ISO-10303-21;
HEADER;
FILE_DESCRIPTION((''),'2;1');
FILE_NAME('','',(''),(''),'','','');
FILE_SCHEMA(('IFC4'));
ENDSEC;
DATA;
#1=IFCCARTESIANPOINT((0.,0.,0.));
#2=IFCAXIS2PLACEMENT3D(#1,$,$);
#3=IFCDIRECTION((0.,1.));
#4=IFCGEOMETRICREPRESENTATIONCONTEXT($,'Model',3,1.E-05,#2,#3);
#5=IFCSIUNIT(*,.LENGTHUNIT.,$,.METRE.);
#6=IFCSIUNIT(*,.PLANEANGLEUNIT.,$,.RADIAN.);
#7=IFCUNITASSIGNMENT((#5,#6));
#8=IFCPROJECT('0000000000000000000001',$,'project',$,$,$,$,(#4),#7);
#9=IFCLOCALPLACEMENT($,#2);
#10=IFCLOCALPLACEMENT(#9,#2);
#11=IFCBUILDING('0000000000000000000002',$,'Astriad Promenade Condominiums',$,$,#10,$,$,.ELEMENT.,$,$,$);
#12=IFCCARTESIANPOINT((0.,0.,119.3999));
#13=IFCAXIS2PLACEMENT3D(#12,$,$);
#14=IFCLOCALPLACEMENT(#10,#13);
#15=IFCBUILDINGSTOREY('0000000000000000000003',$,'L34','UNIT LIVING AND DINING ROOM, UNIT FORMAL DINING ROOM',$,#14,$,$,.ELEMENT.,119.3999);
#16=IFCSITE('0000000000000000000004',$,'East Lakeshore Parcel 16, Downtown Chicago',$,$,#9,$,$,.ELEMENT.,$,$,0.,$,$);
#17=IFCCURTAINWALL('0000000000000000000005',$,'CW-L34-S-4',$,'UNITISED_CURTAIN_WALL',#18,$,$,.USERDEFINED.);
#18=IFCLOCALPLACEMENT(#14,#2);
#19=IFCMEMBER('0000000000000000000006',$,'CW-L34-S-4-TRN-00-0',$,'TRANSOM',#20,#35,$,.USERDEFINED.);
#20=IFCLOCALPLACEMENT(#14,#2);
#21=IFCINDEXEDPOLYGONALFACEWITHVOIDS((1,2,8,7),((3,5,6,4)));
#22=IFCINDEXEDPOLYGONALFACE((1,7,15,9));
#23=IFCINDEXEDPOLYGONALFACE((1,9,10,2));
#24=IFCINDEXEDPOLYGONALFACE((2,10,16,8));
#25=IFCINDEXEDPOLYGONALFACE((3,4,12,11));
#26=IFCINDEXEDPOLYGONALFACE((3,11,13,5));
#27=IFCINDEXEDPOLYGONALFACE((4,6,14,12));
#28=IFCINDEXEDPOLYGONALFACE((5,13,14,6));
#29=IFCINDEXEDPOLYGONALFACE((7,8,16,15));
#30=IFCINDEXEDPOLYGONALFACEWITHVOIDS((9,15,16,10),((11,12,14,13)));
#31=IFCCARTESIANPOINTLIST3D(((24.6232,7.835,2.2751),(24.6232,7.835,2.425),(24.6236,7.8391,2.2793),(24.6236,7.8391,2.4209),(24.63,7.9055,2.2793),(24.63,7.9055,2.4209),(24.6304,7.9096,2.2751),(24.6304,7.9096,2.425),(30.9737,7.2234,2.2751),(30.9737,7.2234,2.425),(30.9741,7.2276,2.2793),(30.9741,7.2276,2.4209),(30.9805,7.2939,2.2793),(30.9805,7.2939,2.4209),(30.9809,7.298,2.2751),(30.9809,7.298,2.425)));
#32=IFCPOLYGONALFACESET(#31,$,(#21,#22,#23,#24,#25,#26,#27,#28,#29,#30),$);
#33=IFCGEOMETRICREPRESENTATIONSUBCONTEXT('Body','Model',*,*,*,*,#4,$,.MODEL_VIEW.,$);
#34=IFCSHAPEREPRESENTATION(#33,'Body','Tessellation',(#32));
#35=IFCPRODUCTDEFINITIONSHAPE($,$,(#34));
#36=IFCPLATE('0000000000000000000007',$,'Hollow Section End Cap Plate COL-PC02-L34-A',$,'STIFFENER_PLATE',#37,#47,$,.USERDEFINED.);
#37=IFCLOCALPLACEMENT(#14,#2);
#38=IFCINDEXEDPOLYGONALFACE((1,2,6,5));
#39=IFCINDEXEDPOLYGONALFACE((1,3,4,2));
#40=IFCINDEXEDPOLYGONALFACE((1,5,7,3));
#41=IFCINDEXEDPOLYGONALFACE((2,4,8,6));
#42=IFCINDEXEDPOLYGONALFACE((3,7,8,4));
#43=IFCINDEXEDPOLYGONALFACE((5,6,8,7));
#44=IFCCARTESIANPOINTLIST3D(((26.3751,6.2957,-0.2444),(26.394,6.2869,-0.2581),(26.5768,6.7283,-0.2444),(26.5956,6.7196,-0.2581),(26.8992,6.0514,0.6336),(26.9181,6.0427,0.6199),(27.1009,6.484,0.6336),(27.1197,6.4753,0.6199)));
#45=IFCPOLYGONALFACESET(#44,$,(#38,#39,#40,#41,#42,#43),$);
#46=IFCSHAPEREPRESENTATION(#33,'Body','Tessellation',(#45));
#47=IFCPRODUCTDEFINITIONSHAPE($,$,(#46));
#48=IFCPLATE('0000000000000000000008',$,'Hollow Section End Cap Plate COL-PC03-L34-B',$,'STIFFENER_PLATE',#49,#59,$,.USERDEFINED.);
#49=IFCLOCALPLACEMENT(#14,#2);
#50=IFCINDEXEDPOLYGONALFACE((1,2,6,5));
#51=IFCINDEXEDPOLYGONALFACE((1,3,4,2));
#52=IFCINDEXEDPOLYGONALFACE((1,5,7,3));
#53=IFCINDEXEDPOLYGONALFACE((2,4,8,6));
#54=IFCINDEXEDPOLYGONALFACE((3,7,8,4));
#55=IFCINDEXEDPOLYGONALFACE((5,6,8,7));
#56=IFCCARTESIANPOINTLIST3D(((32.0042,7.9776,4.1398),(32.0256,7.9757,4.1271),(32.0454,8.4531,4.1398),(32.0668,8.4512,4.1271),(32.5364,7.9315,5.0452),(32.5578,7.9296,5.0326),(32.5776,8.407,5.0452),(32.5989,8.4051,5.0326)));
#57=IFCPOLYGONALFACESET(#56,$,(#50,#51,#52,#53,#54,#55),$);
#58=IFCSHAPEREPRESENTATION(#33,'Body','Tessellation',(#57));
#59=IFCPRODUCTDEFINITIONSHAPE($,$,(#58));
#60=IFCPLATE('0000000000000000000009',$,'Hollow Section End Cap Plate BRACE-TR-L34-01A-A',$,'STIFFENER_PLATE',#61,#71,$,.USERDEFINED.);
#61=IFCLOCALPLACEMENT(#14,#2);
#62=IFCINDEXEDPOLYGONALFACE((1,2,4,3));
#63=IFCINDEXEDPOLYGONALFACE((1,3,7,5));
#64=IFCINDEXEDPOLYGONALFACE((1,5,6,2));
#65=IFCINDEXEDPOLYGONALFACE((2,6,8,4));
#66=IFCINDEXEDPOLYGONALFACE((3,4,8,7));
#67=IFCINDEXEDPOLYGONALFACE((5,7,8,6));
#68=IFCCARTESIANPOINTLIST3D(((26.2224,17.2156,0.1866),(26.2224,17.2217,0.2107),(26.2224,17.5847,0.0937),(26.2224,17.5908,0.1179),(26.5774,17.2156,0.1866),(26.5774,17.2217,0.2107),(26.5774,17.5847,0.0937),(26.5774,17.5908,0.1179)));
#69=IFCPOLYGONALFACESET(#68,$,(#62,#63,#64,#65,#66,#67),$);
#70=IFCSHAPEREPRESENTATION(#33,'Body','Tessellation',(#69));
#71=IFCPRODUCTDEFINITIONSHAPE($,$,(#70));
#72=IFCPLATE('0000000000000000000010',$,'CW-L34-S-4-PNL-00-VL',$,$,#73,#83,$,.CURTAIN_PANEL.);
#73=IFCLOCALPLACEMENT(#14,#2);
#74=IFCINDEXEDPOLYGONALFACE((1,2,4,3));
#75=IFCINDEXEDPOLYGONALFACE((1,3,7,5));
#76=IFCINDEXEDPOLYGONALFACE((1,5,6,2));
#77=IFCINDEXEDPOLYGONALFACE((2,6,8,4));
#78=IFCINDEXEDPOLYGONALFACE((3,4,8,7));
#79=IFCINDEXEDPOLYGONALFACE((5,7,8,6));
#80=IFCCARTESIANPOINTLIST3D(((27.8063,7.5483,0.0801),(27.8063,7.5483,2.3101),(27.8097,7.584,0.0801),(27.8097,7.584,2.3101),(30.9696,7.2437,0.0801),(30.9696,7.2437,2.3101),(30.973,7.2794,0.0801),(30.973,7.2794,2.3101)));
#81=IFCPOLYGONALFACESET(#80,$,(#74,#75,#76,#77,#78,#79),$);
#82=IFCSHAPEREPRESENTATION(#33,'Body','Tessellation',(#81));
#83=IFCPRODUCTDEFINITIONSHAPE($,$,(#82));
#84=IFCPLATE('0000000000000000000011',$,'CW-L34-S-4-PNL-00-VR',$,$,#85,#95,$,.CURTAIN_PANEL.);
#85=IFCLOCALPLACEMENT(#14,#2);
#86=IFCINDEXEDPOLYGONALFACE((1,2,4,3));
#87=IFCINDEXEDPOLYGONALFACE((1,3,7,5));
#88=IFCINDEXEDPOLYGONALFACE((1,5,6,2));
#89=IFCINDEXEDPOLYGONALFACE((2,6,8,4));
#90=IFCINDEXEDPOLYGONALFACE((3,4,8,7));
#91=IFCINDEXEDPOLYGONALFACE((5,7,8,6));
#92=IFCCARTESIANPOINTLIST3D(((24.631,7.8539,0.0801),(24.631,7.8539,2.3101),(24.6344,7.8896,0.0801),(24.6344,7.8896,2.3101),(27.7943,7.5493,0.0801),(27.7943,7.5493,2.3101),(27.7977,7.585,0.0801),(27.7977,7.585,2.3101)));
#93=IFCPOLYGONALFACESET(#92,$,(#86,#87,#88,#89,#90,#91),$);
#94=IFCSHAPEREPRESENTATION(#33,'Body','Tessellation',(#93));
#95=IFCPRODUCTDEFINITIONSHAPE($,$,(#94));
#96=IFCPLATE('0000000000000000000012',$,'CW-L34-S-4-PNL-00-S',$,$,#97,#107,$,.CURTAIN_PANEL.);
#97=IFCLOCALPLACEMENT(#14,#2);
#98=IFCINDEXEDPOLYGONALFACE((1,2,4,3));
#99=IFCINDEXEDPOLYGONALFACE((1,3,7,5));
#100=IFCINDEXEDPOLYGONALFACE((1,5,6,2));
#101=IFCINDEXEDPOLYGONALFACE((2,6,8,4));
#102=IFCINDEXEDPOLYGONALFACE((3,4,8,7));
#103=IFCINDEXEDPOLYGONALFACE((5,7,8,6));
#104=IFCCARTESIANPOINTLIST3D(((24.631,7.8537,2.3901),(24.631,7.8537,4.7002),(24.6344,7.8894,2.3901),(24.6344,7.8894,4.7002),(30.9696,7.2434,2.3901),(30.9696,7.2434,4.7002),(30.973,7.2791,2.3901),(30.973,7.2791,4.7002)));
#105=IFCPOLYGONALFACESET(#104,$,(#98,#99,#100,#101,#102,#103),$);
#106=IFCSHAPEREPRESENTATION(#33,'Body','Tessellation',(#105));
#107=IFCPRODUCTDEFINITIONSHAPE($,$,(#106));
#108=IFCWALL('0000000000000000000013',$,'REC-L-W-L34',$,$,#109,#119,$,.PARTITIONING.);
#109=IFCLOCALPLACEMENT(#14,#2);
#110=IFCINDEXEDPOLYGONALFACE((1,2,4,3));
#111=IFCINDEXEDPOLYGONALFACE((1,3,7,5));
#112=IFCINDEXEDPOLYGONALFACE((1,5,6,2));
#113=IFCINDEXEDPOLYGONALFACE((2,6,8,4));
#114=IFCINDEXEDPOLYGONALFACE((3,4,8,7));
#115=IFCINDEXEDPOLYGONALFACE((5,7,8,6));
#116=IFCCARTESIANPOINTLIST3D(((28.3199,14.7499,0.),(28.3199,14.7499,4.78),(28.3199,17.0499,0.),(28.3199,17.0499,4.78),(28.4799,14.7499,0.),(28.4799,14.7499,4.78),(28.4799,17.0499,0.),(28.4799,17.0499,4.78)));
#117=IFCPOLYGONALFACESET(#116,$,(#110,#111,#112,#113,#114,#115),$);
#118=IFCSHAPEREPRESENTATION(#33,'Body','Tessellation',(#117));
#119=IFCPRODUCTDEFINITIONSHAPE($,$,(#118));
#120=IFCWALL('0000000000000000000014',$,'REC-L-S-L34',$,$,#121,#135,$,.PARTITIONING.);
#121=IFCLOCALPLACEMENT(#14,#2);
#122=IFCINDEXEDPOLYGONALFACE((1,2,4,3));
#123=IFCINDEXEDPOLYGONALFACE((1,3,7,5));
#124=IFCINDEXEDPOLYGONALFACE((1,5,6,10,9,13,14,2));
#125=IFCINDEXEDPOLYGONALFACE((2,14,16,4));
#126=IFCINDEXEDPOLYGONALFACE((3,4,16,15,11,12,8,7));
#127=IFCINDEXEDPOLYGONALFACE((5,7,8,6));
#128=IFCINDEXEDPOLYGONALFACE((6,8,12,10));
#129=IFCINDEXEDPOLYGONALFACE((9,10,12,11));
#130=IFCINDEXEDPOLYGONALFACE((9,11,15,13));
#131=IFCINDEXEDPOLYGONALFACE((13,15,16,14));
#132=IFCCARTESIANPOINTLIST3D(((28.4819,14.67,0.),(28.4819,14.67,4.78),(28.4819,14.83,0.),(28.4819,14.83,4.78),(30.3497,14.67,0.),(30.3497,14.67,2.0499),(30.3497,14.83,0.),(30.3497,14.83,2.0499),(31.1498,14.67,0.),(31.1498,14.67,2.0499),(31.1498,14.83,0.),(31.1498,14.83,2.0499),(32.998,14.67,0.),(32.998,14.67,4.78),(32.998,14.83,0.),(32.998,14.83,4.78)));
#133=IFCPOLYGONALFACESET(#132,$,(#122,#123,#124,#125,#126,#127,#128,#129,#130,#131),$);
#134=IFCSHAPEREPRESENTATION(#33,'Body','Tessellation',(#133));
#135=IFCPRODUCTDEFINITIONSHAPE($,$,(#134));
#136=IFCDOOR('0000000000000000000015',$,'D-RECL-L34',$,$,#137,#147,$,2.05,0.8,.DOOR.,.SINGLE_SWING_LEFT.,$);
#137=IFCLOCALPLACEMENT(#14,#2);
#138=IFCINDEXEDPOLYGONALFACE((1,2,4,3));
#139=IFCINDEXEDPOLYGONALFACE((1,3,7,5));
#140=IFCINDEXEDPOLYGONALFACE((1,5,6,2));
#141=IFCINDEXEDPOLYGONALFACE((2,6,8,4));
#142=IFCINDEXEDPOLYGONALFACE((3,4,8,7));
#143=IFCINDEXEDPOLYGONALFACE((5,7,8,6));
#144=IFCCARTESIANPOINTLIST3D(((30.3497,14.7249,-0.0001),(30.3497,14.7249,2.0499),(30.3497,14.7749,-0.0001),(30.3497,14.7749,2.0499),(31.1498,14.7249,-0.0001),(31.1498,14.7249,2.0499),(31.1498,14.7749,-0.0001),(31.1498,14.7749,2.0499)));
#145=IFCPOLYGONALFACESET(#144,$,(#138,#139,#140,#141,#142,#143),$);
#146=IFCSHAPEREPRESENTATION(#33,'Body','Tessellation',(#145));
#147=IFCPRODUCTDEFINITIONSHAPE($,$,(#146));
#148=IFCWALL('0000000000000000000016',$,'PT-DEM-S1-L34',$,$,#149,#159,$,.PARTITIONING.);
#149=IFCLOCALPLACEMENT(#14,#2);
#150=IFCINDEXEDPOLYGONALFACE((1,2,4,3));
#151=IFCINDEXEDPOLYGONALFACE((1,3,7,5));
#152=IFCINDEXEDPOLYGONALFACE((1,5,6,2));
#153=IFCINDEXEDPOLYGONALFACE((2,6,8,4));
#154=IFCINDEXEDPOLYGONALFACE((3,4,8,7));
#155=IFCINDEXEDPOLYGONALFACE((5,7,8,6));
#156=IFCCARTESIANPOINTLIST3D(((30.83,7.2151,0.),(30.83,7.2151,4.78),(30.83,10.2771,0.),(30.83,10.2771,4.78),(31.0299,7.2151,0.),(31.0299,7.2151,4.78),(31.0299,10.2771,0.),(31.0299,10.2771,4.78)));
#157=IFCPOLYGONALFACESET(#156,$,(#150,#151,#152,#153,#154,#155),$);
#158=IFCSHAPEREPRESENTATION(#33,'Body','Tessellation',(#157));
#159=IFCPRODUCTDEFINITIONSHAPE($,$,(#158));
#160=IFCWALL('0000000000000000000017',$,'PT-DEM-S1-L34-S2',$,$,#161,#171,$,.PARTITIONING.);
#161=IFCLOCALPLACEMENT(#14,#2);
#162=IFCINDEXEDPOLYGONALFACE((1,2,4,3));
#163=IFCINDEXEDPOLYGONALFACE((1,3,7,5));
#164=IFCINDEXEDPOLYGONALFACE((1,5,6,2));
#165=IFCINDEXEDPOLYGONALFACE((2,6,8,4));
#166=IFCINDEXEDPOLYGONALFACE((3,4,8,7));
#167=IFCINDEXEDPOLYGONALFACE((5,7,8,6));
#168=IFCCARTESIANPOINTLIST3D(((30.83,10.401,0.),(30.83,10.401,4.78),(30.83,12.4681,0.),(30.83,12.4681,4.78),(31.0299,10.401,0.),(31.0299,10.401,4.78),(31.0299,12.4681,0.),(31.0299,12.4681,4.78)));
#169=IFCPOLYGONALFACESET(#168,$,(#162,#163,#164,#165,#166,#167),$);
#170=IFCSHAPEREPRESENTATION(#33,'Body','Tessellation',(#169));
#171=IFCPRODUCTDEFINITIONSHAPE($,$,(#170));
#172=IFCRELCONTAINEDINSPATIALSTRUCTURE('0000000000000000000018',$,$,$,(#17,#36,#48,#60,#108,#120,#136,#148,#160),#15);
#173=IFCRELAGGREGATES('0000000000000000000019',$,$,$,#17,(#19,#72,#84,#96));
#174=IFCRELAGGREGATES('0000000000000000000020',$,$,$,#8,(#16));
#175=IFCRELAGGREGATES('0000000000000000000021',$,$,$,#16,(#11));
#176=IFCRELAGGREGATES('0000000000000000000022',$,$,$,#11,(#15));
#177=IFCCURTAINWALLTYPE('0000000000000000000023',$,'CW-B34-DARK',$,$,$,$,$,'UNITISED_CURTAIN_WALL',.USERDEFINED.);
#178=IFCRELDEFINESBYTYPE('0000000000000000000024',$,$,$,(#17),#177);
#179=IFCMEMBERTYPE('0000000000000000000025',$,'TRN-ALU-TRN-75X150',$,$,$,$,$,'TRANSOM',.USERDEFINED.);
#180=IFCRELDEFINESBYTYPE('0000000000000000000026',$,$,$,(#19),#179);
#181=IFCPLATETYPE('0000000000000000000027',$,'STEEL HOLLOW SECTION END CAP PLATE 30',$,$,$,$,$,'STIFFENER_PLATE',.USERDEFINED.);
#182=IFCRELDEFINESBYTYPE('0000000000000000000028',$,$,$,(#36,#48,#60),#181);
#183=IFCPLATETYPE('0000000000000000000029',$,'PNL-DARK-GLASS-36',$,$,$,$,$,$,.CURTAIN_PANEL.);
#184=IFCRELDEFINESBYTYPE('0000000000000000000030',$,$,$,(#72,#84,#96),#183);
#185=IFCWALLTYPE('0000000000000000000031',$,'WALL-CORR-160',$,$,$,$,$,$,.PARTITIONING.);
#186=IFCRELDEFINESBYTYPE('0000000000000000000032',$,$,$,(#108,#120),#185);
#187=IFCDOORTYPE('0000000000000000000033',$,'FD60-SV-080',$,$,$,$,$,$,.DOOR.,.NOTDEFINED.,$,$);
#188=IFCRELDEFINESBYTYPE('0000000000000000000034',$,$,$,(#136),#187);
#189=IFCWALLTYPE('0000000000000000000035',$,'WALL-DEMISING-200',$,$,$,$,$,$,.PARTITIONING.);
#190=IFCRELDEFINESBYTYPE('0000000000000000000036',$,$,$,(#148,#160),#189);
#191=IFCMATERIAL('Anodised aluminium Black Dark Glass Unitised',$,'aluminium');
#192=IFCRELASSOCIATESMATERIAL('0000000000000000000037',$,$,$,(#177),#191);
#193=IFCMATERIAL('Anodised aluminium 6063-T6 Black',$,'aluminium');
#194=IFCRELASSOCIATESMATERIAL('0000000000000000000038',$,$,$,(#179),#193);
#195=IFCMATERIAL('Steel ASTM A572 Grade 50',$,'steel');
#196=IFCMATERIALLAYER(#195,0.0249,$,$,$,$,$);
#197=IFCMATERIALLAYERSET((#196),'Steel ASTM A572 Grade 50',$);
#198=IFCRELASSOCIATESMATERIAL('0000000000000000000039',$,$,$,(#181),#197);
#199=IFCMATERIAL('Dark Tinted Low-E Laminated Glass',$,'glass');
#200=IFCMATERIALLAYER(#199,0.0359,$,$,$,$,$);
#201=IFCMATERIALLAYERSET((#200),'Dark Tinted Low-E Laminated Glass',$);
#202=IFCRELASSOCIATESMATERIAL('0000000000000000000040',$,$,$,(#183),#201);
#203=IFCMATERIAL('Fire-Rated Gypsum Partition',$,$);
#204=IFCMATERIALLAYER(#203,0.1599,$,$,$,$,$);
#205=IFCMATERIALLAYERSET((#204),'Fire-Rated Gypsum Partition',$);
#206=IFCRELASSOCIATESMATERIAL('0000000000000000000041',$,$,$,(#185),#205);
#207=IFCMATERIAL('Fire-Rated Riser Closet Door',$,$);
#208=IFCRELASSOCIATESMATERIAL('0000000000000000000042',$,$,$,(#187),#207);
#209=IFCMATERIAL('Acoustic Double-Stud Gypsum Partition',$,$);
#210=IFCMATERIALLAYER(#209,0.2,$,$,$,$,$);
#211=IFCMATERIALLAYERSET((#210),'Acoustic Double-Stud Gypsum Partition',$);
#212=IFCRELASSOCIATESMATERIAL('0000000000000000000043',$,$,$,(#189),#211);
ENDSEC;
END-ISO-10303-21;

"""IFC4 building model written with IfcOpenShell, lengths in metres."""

from ifc_helpers import new_model, si_unit, direction, frame, frame_2d, origin, origin_2d, place, context, subcontext, project, spatial, rectangle, hollow_rectangle, extrude, source, transform, mapped, material, layer, layer_set, material_profile, profile_set, type_object, type_shapes, element, fill, aggregate, save


model = new_model("IFC4")

# Units and contexts
model_context = context("Model", 3, precision=1e-05, world=origin(), true_north=direction((0.0, 1.0)))
body_context = subcontext(model_context, "Body", "Model", "MODEL_VIEW")
ifc_project = project(units=[si_unit("LENGTHUNIT", "METRE"), si_unit("PLANEANGLEUNIT", "RADIAN")], contexts=[model_context])

# Site, building, storey
site_placement = place(None, origin())
site = spatial("IfcSite", under=ifc_project, at=site_placement, Name="East Lakeshore Parcel 16, Downtown Chicago", CompositionType="ELEMENT", RefElevation=0.0)
building_placement = place(site_placement, origin())
building = spatial("IfcBuilding", under=site, at=building_placement, Name="Astriad Promenade Condominiums", CompositionType="ELEMENT")
storey_placement = place(building_placement, frame((0.0, 0.0, 119.3999)))
storey = spatial("IfcBuildingStorey", under=building, at=storey_placement, Name="L34", Description="UNIT LIVING AND DINING ROOM, UNIT FORMAL DINING ROOM", CompositionType="ELEMENT", Elevation=119.3999)

# Shared definitions
ifc_material_1 = material(Name="Anodised aluminium Black Dark Glass Unitised", Category="aluminium")
curtain_wall_type = type_object("IfcCurtainWallType", Name="CW-B34-DARK", ElementType="UNITISED_CURTAIN_WALL", PredefinedType="USERDEFINED", material=ifc_material_1)
ifc_material_2 = material(Name="Anodised aluminium 6063-T6 Black", Category="aluminium")

# Curtain wall, member
curtain_wall_1_placement = place(storey_placement, origin())
curtain_wall_1 = element("IfcCurtainWall", 1, at=curtain_wall_1_placement, inside=storey, type_object=curtain_wall_type, Name="CW-L34-S-4", ObjectType="UNITISED_CURTAIN_WALL", PredefinedType="USERDEFINED")
ifc_material_profile_1 = material_profile(ifc_material_2, hollow_rectangle(XDim=0.075, YDim=0.1499, WallThickness=0.0042, at=origin_2d()), Name="ALU-TRN-75X150")
ifc_profile_set_1 = profile_set([ifc_material_profile_1], Name="Anodised aluminium 6063-T6 Black")
member_type_1 = type_object("IfcMemberType", Name="TRN-ALU-TRN-75X150", ElementType="TRANSOM", PredefinedType="USERDEFINED", material=ifc_profile_set_1)
shared_shape_1 = source(origin(), body_context, "Body", "SweptSolid", [
    extrude(hollow_rectangle(XDim=0.075, YDim=0.1499, WallThickness=0.0042, at=origin_2d()), origin(), (0.0, 0.0, 1.0), 6.3799),
])
type_shapes(member_type_1, [shared_shape_1])
member_1_placement = place(storey_placement, frame((30.9773, 7.2607, 2.3501), z_axis=(-0.995395, 0.095858, 0.0), x_axis=(-0.095858, -0.995395, 0.0)))
member_1 = element("IfcMember", 2, at=member_1_placement, type_object=member_type_1, Name="CW-L34-S-4-TRN-00-0", ObjectType="TRANSOM", PredefinedType="USERDEFINED", context=body_context, shape_type="MappedRepresentation", body=[
    mapped(shared_shape_1, transform((0.0, 0.0, 0.0), scale=1.0)),
])

# Plates
ifc_material_3 = material(Name="Steel ASTM A572 Grade 50", Category="steel")
ifc_layer_1 = layer(ifc_material_3, 0.0249)
ifc_layer_set_1 = layer_set([ifc_layer_1], Name="Steel ASTM A572 Grade 50")
plate_type_1 = type_object("IfcPlateType", Name="STEEL HOLLOW SECTION END CAP PLATE 30", ElementType="STIFFENER_PLATE", PredefinedType="USERDEFINED", material=ifc_layer_set_1)
shared_shape_2 = source(origin(), body_context, "Body", "SweptSolid", [
    extrude(rectangle(XDim=0.4773, YDim=1.0513, at=origin_2d()), origin(), (0.0, 0.0, 1.0), 0.0249),
])
for number, where, z_axis, x_axis, name in (
    (3, (26.7568, 6.3811, 0.1809), (-0.756953, 0.35284, 0.550024), (-0.422488, -0.906369, 0.0), "Hollow Section End Cap Plate COL-PC02-L34-A"),
    (4, (32.3123, 8.1904, 4.5798), (-0.858066, 0.074319, 0.508133), (-0.08629, -0.99627, 0.0), "Hollow Section End Cap Plate COL-PC03-L34-B"),
):
    element("IfcPlate", number, at=place(storey_placement, frame(where, z_axis=z_axis, x_axis=x_axis)), inside=storey, type_object=plate_type_1, Name=name, ObjectType="STIFFENER_PLATE", PredefinedType="USERDEFINED", context=body_context, shape_type="MappedRepresentation", body=[
        mapped(shared_shape_2, transform((0.0, 0.0, 0.0), scale=1.0)),
    ])
shared_shape_3 = source(origin(), body_context, "Body", "SweptSolid", [
    extrude(rectangle(XDim=0.355, YDim=0.3806, at=origin_2d()), origin(), (0.0, 0.0, 1.0), 0.0249),
])
type_shapes(plate_type_1, [shared_shape_2, shared_shape_3])
plate_1_placement = place(storey_placement, frame((26.3999, 17.4001, 0.1401), z_axis=(0.0, 0.243963, 0.969785), x_axis=(1.0, 0.0, 0.0)))
element("IfcPlate", 5, at=plate_1_placement, inside=storey, type_object=plate_type_1, Name="Hollow Section End Cap Plate BRACE-TR-L34-01A-A", ObjectType="STIFFENER_PLATE", PredefinedType="USERDEFINED", context=body_context, shape_type="MappedRepresentation", body=[
    mapped(shared_shape_3, transform((0.0, 0.0, 0.0), scale=1.0)),
])

# Plates
ifc_material_4 = material(Name="Dark Tinted Low-E Laminated Glass", Category="glass")
ifc_layer_2 = layer(ifc_material_4, 0.0359)
ifc_layer_set_2 = layer_set([ifc_layer_2], Name="Dark Tinted Low-E Laminated Glass")
plate_type_2 = type_object("IfcPlateType", Name="PNL-DARK-GLASS-36", PredefinedType="CURTAIN_PANEL", material=ifc_layer_set_2)
shared_shape_4 = source(origin(), body_context, "Body", "SweptSolid", [
    extrude(rectangle(XDim=3.178, YDim=0.0359, at=origin_2d()), origin(), (0.0, 0.0, 1.0), 2.23),
])
plate_2_placement = place(storey_placement, frame((29.3896, 7.4138, 0.0801), z_axis=(0.0, 0.0, 1.0), x_axis=(-0.995396, 0.095846, 0.0)))
plate_2 = element("IfcPlate", 6, at=plate_2_placement, type_object=plate_type_2, Name="CW-L34-S-4-PNL-00-VL", PredefinedType="CURTAIN_PANEL", context=body_context, shape_type="MappedRepresentation", body=[
    mapped(shared_shape_4, transform((0.0, 0.0, 0.0), scale=1.0)),
])
plate_3_placement = place(storey_placement, frame((26.2144, 7.7195, 0.0801), z_axis=(0.0, 0.0, 1.0), x_axis=(-0.995396, 0.095846, 0.0)))
plate_3 = element("IfcPlate", 7, at=plate_3_placement, type_object=plate_type_2, Name="CW-L34-S-4-PNL-00-VR", PredefinedType="CURTAIN_PANEL", context=body_context, shape_type="MappedRepresentation", body=[
    mapped(shared_shape_4, transform((0.0, 0.0, 0.0), scale=1.0)),
])
shared_shape_5 = source(origin(), body_context, "Body", "SweptSolid", [
    extrude(rectangle(XDim=6.3679, YDim=0.0359, at=origin_2d()), origin(), (0.0, 0.0, 1.0), 2.3101),
])
type_shapes(plate_type_2, [shared_shape_4, shared_shape_5])
plate_4_placement = place(storey_placement, frame((27.802, 7.5664, 2.3901), z_axis=(0.0, 0.0, 1.0), x_axis=(-0.995396, 0.095846, 0.0)))
plate_4 = element("IfcPlate", 8, at=plate_4_placement, type_object=plate_type_2, Name="CW-L34-S-4-PNL-00-S", PredefinedType="CURTAIN_PANEL", context=body_context, shape_type="MappedRepresentation", body=[
    mapped(shared_shape_5, transform((0.0, 0.0, 0.0), scale=1.0)),
])
aggregate(curtain_wall_1, [member_1, plate_2, plate_3, plate_4])

# Wall
ifc_material_5 = material(Name="Fire-Rated Gypsum Partition")
ifc_layer_3 = layer(ifc_material_5, 0.1599)
ifc_layer_set_3 = layer_set([ifc_layer_3], Name="Fire-Rated Gypsum Partition")
wall_type_1 = type_object("IfcWallType", Name="WALL-CORR-160", PredefinedType="PARTITIONING", material=ifc_layer_set_3)
wall_1_placement = place(storey_placement, frame((28.3999, 14.75, 0.0), z_axis=(0.0, 0.0, 1.0), x_axis=(0.0, 1.0, 0.0)))
element("IfcWall", 9, at=wall_1_placement, inside=storey, type_object=wall_type_1, Name="REC-L-W-L34", PredefinedType="PARTITIONING", context=body_context, shape_type="SweptSolid", body=[
    extrude(rectangle(XDim=2.3, YDim=0.1599, at=frame_2d((1.1499, 0.0))), origin(), (0.0, 0.0, 1.0), 4.78),
])

# Wall, opening, door
wall_2_placement = place(storey_placement, frame((28.4819, 14.75, 0.0), z_axis=(0.0, 0.0, 1.0), x_axis=(1.0, 0.0, 0.0)))
wall_2 = element("IfcWall", 10, at=wall_2_placement, inside=storey, type_object=wall_type_1, Name="REC-L-S-L34", PredefinedType="PARTITIONING", context=body_context, shape_type="SweptSolid", body=[
    extrude(rectangle(XDim=4.5161, YDim=0.1599, at=frame_2d((2.2581, 0.0))), origin(), (0.0, 0.0, 1.0), 4.78),
])
opening_1_placement = place(wall_2_placement, frame((1.8679, 0.0, 0.0)))
opening_1 = element("IfcOpeningElement", 11, at=opening_1_placement, cuts=wall_2, PredefinedType="OPENING", context=body_context, shape_type="SweptSolid", body=[
    extrude(rectangle(XDim=0.8, YDim=2.05, at=frame_2d((0.3999, 1.0249))), frame((0.0, 0.0898, 0.0), z_axis=(0.0, -1.0, 0.0), x_axis=(1.0, 0.0, 0.0)), (0.0, 0.0, 1.0), 0.1799),
])
ifc_material_6 = material(Name="Fire-Rated Riser Closet Door")
door_type_1 = type_object("IfcDoorType", Name="FD60-SV-080", OperationType="NOTDEFINED", PredefinedType="DOOR", material=ifc_material_6)
shared_shape_6 = source(origin(), body_context, "Body", "SweptSolid", [
    extrude(rectangle(XDim=0.8, YDim=2.05, at=frame_2d((0.3999, 1.0249))), frame((0.0, 0.0249, 0.0), z_axis=(0.0, -1.0, 0.0), x_axis=(1.0, 0.0, 0.0)), (0.0, 0.0, 1.0), 0.05),
])
type_shapes(door_type_1, [shared_shape_6])
door_1_placement = place(opening_1_placement, origin())
door_1 = element("IfcDoor", 12, at=door_1_placement, inside=storey, type_object=door_type_1, Name="D-RECL-L34", OperationType="SINGLE_SWING_LEFT", OverallHeight=2.05, OverallWidth=0.8, PredefinedType="DOOR", context=body_context, shape_type="MappedRepresentation", body=[
    mapped(shared_shape_6, transform((0.0, 0.0, 0.0), scale=1.0)),
])
fill(opening_1, door_1)

# Walls
ifc_material_7 = material(Name="Acoustic Double-Stud Gypsum Partition")
ifc_layer_4 = layer(ifc_material_7, 0.2)
ifc_layer_set_4 = layer_set([ifc_layer_4], Name="Acoustic Double-Stud Gypsum Partition")
wall_type_2 = type_object("IfcWallType", Name="WALL-DEMISING-200", PredefinedType="PARTITIONING", material=ifc_layer_set_4)
wall_3_placement = place(storey_placement, frame((30.9299, 7.2151, 0.0), z_axis=(0.0, 0.0, 1.0), x_axis=(0.0, 1.0, 0.0)))
element("IfcWall", 13, at=wall_3_placement, inside=storey, type_object=wall_type_2, Name="PT-DEM-S1-L34", PredefinedType="PARTITIONING", context=body_context, shape_type="SweptSolid", body=[
    extrude(rectangle(XDim=3.062, YDim=0.2, at=frame_2d((1.531, 0.0))), origin(), (0.0, 0.0, 1.0), 4.78),
])
wall_4_placement = place(storey_placement, frame((30.9299, 10.4009, 0.0), z_axis=(0.0, 0.0, 1.0), x_axis=(0.0, 1.0, 0.0)))
element("IfcWall", 14, at=wall_4_placement, inside=storey, type_object=wall_type_2, Name="PT-DEM-S1-L34-S2", PredefinedType="PARTITIONING", context=body_context, shape_type="SweptSolid", body=[
    extrude(rectangle(XDim=2.0671, YDim=0.2, at=frame_2d((1.0337, 0.0))), origin(), (0.0, 0.0, 1.0), 4.78),
])

save(model, "model.ifc")
